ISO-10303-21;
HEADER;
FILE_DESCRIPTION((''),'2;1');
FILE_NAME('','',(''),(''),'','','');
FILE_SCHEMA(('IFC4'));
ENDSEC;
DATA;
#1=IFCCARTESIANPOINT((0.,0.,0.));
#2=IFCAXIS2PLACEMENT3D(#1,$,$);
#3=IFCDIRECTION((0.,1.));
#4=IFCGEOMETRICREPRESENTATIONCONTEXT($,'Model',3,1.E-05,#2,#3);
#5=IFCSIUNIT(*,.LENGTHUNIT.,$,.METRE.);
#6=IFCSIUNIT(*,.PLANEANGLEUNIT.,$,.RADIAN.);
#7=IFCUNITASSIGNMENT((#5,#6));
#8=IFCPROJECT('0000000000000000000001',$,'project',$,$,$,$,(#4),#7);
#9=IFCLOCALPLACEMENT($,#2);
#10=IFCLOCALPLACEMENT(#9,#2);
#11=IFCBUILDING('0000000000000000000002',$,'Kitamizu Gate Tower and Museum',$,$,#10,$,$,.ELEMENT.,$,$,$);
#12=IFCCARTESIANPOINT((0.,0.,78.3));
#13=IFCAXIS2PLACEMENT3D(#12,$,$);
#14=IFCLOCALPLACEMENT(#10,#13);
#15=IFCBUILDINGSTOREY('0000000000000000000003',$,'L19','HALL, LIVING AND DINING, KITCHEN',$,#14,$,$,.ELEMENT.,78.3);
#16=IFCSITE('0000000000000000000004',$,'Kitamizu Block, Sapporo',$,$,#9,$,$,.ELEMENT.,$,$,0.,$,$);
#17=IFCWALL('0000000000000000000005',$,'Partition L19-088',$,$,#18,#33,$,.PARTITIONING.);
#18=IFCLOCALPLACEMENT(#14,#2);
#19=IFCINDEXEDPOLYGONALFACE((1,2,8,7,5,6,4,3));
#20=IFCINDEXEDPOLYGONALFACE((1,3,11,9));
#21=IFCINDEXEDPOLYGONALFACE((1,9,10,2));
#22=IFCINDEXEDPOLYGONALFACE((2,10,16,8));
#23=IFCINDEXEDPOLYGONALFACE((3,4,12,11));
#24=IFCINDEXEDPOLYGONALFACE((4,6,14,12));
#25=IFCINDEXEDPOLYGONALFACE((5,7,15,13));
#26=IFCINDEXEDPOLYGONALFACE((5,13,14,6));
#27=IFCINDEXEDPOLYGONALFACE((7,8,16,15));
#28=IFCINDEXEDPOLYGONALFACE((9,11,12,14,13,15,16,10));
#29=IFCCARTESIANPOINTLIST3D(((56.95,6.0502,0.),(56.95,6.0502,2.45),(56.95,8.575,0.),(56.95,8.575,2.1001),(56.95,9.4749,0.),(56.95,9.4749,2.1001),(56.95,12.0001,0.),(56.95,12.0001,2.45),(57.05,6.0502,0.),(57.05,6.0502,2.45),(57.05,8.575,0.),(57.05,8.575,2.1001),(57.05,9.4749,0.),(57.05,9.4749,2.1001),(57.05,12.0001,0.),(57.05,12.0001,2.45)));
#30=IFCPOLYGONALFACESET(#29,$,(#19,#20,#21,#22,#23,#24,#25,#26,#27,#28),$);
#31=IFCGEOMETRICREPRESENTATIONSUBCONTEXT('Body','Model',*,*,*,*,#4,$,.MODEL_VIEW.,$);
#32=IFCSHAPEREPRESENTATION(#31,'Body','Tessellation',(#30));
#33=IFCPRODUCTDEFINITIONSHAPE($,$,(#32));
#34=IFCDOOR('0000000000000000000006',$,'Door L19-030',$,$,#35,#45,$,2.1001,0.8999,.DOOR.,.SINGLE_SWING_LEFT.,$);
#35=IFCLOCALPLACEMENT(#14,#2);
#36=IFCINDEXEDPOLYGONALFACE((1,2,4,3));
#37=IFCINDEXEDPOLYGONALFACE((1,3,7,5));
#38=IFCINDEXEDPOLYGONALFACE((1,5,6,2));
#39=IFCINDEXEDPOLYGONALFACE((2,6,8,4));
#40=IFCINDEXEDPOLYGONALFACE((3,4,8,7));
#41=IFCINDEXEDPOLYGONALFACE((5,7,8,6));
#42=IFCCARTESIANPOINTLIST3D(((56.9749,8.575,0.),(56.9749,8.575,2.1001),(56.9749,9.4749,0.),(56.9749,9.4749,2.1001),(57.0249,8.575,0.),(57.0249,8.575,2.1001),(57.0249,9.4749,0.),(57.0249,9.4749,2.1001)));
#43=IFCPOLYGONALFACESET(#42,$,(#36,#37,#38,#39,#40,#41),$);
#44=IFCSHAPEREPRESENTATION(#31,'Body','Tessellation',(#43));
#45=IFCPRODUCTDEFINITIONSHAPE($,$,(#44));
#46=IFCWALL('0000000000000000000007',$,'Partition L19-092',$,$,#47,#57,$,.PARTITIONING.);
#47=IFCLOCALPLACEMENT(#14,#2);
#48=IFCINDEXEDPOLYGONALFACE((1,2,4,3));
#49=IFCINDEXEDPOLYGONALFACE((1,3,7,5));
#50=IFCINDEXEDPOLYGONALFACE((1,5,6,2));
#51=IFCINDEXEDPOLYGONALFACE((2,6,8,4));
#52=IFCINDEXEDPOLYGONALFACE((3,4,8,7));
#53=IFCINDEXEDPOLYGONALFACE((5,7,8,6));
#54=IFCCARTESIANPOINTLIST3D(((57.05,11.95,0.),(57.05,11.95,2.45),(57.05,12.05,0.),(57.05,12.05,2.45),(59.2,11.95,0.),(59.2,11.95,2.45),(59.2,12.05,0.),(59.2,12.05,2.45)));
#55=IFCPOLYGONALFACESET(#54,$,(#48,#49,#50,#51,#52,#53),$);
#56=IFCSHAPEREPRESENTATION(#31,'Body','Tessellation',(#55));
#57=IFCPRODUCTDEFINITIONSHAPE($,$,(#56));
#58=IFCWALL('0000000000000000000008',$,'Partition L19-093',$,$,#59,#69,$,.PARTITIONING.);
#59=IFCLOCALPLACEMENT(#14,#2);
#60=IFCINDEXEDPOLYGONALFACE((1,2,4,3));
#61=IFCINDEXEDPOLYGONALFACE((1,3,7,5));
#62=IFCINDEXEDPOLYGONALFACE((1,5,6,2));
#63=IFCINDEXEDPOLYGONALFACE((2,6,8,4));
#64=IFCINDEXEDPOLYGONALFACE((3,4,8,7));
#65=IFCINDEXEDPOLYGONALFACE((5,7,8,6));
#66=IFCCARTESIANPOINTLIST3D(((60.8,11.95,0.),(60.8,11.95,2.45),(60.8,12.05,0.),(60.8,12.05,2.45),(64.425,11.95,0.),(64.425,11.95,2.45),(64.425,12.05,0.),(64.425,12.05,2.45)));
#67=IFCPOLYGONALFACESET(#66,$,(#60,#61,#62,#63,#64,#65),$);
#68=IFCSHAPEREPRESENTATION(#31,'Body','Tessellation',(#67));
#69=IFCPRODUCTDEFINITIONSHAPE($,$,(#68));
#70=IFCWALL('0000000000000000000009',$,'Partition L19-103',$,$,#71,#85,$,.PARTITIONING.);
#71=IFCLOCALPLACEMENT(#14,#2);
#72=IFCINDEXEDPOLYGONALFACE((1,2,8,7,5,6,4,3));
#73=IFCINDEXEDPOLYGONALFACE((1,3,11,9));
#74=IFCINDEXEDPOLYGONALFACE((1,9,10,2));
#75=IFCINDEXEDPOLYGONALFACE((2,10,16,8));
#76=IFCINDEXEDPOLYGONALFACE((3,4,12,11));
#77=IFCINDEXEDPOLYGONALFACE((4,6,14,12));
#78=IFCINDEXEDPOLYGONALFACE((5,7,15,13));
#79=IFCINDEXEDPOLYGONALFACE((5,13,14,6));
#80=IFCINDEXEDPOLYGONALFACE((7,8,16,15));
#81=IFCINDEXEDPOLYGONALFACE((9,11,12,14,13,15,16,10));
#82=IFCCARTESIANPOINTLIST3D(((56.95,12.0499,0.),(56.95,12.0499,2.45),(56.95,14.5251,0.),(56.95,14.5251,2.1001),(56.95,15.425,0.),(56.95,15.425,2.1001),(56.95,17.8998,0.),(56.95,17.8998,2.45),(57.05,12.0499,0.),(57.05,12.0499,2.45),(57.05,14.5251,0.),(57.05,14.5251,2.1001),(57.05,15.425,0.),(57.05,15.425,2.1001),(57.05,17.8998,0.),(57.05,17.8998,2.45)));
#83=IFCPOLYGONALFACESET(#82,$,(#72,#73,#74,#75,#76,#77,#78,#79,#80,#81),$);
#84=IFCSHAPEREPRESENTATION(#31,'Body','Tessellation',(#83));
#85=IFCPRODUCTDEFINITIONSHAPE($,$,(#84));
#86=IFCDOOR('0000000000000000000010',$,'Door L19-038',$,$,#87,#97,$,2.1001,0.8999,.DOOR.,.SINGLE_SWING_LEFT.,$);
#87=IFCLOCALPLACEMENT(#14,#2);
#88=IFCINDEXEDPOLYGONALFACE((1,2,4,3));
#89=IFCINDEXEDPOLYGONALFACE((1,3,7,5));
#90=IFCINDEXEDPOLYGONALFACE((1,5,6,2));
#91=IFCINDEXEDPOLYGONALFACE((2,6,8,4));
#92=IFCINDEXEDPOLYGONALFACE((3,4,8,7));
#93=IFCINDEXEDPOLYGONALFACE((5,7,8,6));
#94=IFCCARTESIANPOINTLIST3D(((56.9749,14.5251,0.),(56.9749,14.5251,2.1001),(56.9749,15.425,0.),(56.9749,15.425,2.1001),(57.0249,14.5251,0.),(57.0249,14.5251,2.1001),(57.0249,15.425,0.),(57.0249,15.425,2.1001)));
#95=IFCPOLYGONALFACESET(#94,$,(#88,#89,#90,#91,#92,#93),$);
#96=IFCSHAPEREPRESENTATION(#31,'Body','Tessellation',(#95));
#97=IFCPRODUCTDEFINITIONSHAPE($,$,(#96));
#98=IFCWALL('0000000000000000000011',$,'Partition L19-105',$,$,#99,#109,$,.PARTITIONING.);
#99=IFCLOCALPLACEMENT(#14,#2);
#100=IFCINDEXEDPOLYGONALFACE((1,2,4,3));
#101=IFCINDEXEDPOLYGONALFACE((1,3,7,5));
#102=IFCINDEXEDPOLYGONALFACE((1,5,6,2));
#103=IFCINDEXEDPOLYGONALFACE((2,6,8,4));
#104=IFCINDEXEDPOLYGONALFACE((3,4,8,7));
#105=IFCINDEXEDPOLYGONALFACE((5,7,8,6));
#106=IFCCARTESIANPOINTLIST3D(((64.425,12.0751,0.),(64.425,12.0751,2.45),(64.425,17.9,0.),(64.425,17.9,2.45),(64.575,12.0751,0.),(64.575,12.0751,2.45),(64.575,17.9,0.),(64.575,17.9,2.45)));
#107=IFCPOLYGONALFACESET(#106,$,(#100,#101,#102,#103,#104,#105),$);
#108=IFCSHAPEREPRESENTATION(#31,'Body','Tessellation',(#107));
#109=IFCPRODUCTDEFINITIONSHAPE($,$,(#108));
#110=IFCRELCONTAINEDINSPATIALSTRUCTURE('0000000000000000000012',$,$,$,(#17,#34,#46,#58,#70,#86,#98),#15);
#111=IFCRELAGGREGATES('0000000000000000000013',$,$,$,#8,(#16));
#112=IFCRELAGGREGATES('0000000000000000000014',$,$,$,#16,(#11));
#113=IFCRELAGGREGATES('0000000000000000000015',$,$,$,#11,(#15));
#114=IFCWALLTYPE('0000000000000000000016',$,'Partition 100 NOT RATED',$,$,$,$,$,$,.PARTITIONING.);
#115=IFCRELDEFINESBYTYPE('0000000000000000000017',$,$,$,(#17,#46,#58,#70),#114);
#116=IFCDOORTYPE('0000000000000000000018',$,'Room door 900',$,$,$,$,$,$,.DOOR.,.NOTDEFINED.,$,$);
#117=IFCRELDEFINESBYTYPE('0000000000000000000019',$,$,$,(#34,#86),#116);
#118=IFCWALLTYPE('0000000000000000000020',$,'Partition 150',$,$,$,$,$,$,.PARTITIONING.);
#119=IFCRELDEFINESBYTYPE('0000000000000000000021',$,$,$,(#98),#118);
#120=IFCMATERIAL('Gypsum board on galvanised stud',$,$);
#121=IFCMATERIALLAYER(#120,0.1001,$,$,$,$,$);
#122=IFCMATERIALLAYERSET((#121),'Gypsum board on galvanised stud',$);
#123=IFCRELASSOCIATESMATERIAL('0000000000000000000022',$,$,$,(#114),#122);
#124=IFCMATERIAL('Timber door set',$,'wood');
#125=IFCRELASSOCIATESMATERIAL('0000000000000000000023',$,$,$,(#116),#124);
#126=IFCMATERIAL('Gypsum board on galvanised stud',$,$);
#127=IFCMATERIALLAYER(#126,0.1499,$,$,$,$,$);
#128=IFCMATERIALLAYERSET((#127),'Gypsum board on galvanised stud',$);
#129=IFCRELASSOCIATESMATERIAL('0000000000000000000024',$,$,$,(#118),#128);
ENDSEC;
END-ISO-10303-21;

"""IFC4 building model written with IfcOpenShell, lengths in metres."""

from ifc_helpers import new_model, si_unit, direction, frame, frame_2d, origin, place, context, subcontext, project, spatial, rectangle, extrude, material, layer, layer_set, type_object, element, fill, save


model = new_model("IFC4")

# Units and contexts
model_context = context("Model", 3, precision=1e-05, world=origin(), true_north=direction((0.0, 1.0)))
body_context = subcontext(model_context, "Body", "Model", "MODEL_VIEW")
ifc_project = project(units=[si_unit("LENGTHUNIT", "METRE"), si_unit("PLANEANGLEUNIT", "RADIAN")], contexts=[model_context])

# Site, building, storey
site_placement = place(None, origin())
site = spatial("IfcSite", under=ifc_project, at=site_placement, Name="Kitamizu Block, Sapporo", CompositionType="ELEMENT", RefElevation=0.0)
building_placement = place(site_placement, origin())
building = spatial("IfcBuilding", under=site, at=building_placement, Name="Kitamizu Gate Tower and Museum", CompositionType="ELEMENT")
storey_placement = place(building_placement, frame((0.0, 0.0, 78.3)))
storey = spatial("IfcBuildingStorey", under=building, at=storey_placement, Name="L19", Description="HALL, LIVING AND DINING, KITCHEN", CompositionType="ELEMENT", Elevation=78.3)

# Shared definitions
ifc_material_1 = material(Name="Gypsum board on galvanised stud")
ifc_layer_1 = layer(ifc_material_1, 0.1001)
ifc_layer_set_1 = layer_set([ifc_layer_1], Name="Gypsum board on galvanised stud")
wall_type_1 = type_object("IfcWallType", Name="Partition 100 NOT RATED", PredefinedType="PARTITIONING", material=ifc_layer_set_1)
ifc_material_2 = material(Name="Timber door set", Category="wood")
door_type = type_object("IfcDoorType", Name="Room door 900", OperationType="NOTDEFINED", PredefinedType="DOOR", material=ifc_material_2)

# Wall, opening, door
wall_1_placement = place(storey_placement, frame((57.0, 6.05, 0.0), z_axis=(0.0, 0.0, 1.0), x_axis=(0.0, 1.0, 0.0)))
wall_1 = element("IfcWall", 1, at=wall_1_placement, inside=storey, type_object=wall_type_1, Name="Partition L19-088", PredefinedType="PARTITIONING", context=body_context, shape_type="SweptSolid", body=[
    extrude(rectangle(XDim=5.95, YDim=0.1001, at=frame_2d((2.9751, 0.0))), origin(), (0.0, 0.0, 1.0), 2.45),
])
opening_1_placement = place(wall_1_placement, frame((2.5249, 0.0, 0.0)))
opening_1 = element("IfcOpeningElement", 2, at=opening_1_placement, cuts=wall_1, PredefinedType="OPENING", context=body_context, shape_type="SweptSolid", body=[
    extrude(rectangle(XDim=0.8999, YDim=2.1001, at=frame_2d((0.45, 1.05))), frame((0.0, 0.0601, 0.0), z_axis=(0.0, -1.0, 0.0), x_axis=(1.0, 0.0, 0.0)), (0.0, 0.0, 1.0), 0.1201),
])
door_1_placement = place(opening_1_placement, frame((0.8999, 0.0, 0.0), x_axis=(-1.0, 0.0, 0.0)))
door_1 = element("IfcDoor", 3, at=door_1_placement, inside=storey, type_object=door_type, Name="Door L19-030", OperationType="SINGLE_SWING_LEFT", OverallHeight=2.1001, OverallWidth=0.8999, PredefinedType="DOOR", context=body_context, shape_type="SweptSolid", body=[
    extrude(rectangle(XDim=0.8999, YDim=2.1001, at=frame_2d((0.45, 1.05))), frame((0.0, 0.0249, 0.0), z_axis=(0.0, -1.0, 0.0), x_axis=(1.0, 0.0, 0.0)), (0.0, 0.0, 1.0), 0.05),
])
fill(opening_1, door_1)

# Walls
wall_2_placement = place(storey_placement, frame((59.2, 12.0, 0.0), z_axis=(0.0, 0.0, 1.0), x_axis=(-1.0, 0.0, 0.0)))
element("IfcWall", 4, at=wall_2_placement, inside=storey, type_object=wall_type_1, Name="Partition L19-092", PredefinedType="PARTITIONING", context=body_context, shape_type="SweptSolid", body=[
    extrude(rectangle(XDim=2.1499, YDim=0.1001, at=frame_2d((1.075, 0.0))), origin(), (0.0, 0.0, 1.0), 2.45),
])
wall_3_placement = place(storey_placement, frame((64.425, 12.0, 0.0), z_axis=(0.0, 0.0, 1.0), x_axis=(-1.0, 0.0, 0.0)))
element("IfcWall", 5, at=wall_3_placement, inside=storey, type_object=wall_type_1, Name="Partition L19-093", PredefinedType="PARTITIONING", context=body_context, shape_type="SweptSolid", body=[
    extrude(rectangle(XDim=3.625, YDim=0.1001, at=frame_2d((1.8125, 0.0))), origin(), (0.0, 0.0, 1.0), 2.45),
])

# Wall, opening, door
wall_4_placement = place(storey_placement, frame((57.0, 12.05, 0.0), z_axis=(0.0, 0.0, 1.0), x_axis=(0.0, 1.0, 0.0)))
wall_4 = element("IfcWall", 6, at=wall_4_placement, inside=storey, type_object=wall_type_1, Name="Partition L19-103", PredefinedType="PARTITIONING", context=body_context, shape_type="SweptSolid", body=[
    extrude(rectangle(XDim=5.8499, YDim=0.1001, at=frame_2d((2.9248, 0.0))), origin(), (0.0, 0.0, 1.0), 2.45),
])
opening_2_placement = place(wall_4_placement, frame((2.4751, 0.0, 0.0)))
opening_2 = element("IfcOpeningElement", 7, at=opening_2_placement, cuts=wall_4, PredefinedType="OPENING", context=body_context, shape_type="SweptSolid", body=[
    extrude(rectangle(XDim=0.8999, YDim=2.1001, at=frame_2d((0.45, 1.05))), frame((0.0, 0.0601, 0.0), z_axis=(0.0, -1.0, 0.0), x_axis=(1.0, 0.0, 0.0)), (0.0, 0.0, 1.0), 0.1201),
])
door_2_placement = place(opening_2_placement, frame((0.8999, 0.0, 0.0), x_axis=(-1.0, 0.0, 0.0)))
door_2 = element("IfcDoor", 8, at=door_2_placement, inside=storey, type_object=door_type, Name="Door L19-038", OperationType="SINGLE_SWING_LEFT", OverallHeight=2.1001, OverallWidth=0.8999, PredefinedType="DOOR", context=body_context, shape_type="SweptSolid", body=[
    extrude(rectangle(XDim=0.8999, YDim=2.1001, at=frame_2d((0.45, 1.05))), frame((0.0, 0.0249, 0.0), z_axis=(0.0, -1.0, 0.0), x_axis=(1.0, 0.0, 0.0)), (0.0, 0.0, 1.0), 0.05),
])
fill(opening_2, door_2)

# Wall
ifc_material_3 = material(Name="Gypsum board on galvanised stud")
ifc_layer_2 = layer(ifc_material_3, 0.1499)
ifc_layer_set_2 = layer_set([ifc_layer_2], Name="Gypsum board on galvanised stud")
wall_type_2 = type_object("IfcWallType", Name="Partition 150", PredefinedType="PARTITIONING", material=ifc_layer_set_2)
wall_5_placement = place(storey_placement, frame((64.5, 12.075, 0.0), z_axis=(0.0, 0.0, 1.0), x_axis=(0.0, 1.0, 0.0)))
element("IfcWall", 9, at=wall_5_placement, inside=storey, type_object=wall_type_2, Name="Partition L19-105", PredefinedType="PARTITIONING", context=body_context, shape_type="SweptSolid", body=[
    extrude(rectangle(XDim=5.825, YDim=0.1499, at=frame_2d((2.9126, 0.0))), origin(), (0.0, 0.0, 1.0), 2.45),
])

save(model, "model.ifc")
